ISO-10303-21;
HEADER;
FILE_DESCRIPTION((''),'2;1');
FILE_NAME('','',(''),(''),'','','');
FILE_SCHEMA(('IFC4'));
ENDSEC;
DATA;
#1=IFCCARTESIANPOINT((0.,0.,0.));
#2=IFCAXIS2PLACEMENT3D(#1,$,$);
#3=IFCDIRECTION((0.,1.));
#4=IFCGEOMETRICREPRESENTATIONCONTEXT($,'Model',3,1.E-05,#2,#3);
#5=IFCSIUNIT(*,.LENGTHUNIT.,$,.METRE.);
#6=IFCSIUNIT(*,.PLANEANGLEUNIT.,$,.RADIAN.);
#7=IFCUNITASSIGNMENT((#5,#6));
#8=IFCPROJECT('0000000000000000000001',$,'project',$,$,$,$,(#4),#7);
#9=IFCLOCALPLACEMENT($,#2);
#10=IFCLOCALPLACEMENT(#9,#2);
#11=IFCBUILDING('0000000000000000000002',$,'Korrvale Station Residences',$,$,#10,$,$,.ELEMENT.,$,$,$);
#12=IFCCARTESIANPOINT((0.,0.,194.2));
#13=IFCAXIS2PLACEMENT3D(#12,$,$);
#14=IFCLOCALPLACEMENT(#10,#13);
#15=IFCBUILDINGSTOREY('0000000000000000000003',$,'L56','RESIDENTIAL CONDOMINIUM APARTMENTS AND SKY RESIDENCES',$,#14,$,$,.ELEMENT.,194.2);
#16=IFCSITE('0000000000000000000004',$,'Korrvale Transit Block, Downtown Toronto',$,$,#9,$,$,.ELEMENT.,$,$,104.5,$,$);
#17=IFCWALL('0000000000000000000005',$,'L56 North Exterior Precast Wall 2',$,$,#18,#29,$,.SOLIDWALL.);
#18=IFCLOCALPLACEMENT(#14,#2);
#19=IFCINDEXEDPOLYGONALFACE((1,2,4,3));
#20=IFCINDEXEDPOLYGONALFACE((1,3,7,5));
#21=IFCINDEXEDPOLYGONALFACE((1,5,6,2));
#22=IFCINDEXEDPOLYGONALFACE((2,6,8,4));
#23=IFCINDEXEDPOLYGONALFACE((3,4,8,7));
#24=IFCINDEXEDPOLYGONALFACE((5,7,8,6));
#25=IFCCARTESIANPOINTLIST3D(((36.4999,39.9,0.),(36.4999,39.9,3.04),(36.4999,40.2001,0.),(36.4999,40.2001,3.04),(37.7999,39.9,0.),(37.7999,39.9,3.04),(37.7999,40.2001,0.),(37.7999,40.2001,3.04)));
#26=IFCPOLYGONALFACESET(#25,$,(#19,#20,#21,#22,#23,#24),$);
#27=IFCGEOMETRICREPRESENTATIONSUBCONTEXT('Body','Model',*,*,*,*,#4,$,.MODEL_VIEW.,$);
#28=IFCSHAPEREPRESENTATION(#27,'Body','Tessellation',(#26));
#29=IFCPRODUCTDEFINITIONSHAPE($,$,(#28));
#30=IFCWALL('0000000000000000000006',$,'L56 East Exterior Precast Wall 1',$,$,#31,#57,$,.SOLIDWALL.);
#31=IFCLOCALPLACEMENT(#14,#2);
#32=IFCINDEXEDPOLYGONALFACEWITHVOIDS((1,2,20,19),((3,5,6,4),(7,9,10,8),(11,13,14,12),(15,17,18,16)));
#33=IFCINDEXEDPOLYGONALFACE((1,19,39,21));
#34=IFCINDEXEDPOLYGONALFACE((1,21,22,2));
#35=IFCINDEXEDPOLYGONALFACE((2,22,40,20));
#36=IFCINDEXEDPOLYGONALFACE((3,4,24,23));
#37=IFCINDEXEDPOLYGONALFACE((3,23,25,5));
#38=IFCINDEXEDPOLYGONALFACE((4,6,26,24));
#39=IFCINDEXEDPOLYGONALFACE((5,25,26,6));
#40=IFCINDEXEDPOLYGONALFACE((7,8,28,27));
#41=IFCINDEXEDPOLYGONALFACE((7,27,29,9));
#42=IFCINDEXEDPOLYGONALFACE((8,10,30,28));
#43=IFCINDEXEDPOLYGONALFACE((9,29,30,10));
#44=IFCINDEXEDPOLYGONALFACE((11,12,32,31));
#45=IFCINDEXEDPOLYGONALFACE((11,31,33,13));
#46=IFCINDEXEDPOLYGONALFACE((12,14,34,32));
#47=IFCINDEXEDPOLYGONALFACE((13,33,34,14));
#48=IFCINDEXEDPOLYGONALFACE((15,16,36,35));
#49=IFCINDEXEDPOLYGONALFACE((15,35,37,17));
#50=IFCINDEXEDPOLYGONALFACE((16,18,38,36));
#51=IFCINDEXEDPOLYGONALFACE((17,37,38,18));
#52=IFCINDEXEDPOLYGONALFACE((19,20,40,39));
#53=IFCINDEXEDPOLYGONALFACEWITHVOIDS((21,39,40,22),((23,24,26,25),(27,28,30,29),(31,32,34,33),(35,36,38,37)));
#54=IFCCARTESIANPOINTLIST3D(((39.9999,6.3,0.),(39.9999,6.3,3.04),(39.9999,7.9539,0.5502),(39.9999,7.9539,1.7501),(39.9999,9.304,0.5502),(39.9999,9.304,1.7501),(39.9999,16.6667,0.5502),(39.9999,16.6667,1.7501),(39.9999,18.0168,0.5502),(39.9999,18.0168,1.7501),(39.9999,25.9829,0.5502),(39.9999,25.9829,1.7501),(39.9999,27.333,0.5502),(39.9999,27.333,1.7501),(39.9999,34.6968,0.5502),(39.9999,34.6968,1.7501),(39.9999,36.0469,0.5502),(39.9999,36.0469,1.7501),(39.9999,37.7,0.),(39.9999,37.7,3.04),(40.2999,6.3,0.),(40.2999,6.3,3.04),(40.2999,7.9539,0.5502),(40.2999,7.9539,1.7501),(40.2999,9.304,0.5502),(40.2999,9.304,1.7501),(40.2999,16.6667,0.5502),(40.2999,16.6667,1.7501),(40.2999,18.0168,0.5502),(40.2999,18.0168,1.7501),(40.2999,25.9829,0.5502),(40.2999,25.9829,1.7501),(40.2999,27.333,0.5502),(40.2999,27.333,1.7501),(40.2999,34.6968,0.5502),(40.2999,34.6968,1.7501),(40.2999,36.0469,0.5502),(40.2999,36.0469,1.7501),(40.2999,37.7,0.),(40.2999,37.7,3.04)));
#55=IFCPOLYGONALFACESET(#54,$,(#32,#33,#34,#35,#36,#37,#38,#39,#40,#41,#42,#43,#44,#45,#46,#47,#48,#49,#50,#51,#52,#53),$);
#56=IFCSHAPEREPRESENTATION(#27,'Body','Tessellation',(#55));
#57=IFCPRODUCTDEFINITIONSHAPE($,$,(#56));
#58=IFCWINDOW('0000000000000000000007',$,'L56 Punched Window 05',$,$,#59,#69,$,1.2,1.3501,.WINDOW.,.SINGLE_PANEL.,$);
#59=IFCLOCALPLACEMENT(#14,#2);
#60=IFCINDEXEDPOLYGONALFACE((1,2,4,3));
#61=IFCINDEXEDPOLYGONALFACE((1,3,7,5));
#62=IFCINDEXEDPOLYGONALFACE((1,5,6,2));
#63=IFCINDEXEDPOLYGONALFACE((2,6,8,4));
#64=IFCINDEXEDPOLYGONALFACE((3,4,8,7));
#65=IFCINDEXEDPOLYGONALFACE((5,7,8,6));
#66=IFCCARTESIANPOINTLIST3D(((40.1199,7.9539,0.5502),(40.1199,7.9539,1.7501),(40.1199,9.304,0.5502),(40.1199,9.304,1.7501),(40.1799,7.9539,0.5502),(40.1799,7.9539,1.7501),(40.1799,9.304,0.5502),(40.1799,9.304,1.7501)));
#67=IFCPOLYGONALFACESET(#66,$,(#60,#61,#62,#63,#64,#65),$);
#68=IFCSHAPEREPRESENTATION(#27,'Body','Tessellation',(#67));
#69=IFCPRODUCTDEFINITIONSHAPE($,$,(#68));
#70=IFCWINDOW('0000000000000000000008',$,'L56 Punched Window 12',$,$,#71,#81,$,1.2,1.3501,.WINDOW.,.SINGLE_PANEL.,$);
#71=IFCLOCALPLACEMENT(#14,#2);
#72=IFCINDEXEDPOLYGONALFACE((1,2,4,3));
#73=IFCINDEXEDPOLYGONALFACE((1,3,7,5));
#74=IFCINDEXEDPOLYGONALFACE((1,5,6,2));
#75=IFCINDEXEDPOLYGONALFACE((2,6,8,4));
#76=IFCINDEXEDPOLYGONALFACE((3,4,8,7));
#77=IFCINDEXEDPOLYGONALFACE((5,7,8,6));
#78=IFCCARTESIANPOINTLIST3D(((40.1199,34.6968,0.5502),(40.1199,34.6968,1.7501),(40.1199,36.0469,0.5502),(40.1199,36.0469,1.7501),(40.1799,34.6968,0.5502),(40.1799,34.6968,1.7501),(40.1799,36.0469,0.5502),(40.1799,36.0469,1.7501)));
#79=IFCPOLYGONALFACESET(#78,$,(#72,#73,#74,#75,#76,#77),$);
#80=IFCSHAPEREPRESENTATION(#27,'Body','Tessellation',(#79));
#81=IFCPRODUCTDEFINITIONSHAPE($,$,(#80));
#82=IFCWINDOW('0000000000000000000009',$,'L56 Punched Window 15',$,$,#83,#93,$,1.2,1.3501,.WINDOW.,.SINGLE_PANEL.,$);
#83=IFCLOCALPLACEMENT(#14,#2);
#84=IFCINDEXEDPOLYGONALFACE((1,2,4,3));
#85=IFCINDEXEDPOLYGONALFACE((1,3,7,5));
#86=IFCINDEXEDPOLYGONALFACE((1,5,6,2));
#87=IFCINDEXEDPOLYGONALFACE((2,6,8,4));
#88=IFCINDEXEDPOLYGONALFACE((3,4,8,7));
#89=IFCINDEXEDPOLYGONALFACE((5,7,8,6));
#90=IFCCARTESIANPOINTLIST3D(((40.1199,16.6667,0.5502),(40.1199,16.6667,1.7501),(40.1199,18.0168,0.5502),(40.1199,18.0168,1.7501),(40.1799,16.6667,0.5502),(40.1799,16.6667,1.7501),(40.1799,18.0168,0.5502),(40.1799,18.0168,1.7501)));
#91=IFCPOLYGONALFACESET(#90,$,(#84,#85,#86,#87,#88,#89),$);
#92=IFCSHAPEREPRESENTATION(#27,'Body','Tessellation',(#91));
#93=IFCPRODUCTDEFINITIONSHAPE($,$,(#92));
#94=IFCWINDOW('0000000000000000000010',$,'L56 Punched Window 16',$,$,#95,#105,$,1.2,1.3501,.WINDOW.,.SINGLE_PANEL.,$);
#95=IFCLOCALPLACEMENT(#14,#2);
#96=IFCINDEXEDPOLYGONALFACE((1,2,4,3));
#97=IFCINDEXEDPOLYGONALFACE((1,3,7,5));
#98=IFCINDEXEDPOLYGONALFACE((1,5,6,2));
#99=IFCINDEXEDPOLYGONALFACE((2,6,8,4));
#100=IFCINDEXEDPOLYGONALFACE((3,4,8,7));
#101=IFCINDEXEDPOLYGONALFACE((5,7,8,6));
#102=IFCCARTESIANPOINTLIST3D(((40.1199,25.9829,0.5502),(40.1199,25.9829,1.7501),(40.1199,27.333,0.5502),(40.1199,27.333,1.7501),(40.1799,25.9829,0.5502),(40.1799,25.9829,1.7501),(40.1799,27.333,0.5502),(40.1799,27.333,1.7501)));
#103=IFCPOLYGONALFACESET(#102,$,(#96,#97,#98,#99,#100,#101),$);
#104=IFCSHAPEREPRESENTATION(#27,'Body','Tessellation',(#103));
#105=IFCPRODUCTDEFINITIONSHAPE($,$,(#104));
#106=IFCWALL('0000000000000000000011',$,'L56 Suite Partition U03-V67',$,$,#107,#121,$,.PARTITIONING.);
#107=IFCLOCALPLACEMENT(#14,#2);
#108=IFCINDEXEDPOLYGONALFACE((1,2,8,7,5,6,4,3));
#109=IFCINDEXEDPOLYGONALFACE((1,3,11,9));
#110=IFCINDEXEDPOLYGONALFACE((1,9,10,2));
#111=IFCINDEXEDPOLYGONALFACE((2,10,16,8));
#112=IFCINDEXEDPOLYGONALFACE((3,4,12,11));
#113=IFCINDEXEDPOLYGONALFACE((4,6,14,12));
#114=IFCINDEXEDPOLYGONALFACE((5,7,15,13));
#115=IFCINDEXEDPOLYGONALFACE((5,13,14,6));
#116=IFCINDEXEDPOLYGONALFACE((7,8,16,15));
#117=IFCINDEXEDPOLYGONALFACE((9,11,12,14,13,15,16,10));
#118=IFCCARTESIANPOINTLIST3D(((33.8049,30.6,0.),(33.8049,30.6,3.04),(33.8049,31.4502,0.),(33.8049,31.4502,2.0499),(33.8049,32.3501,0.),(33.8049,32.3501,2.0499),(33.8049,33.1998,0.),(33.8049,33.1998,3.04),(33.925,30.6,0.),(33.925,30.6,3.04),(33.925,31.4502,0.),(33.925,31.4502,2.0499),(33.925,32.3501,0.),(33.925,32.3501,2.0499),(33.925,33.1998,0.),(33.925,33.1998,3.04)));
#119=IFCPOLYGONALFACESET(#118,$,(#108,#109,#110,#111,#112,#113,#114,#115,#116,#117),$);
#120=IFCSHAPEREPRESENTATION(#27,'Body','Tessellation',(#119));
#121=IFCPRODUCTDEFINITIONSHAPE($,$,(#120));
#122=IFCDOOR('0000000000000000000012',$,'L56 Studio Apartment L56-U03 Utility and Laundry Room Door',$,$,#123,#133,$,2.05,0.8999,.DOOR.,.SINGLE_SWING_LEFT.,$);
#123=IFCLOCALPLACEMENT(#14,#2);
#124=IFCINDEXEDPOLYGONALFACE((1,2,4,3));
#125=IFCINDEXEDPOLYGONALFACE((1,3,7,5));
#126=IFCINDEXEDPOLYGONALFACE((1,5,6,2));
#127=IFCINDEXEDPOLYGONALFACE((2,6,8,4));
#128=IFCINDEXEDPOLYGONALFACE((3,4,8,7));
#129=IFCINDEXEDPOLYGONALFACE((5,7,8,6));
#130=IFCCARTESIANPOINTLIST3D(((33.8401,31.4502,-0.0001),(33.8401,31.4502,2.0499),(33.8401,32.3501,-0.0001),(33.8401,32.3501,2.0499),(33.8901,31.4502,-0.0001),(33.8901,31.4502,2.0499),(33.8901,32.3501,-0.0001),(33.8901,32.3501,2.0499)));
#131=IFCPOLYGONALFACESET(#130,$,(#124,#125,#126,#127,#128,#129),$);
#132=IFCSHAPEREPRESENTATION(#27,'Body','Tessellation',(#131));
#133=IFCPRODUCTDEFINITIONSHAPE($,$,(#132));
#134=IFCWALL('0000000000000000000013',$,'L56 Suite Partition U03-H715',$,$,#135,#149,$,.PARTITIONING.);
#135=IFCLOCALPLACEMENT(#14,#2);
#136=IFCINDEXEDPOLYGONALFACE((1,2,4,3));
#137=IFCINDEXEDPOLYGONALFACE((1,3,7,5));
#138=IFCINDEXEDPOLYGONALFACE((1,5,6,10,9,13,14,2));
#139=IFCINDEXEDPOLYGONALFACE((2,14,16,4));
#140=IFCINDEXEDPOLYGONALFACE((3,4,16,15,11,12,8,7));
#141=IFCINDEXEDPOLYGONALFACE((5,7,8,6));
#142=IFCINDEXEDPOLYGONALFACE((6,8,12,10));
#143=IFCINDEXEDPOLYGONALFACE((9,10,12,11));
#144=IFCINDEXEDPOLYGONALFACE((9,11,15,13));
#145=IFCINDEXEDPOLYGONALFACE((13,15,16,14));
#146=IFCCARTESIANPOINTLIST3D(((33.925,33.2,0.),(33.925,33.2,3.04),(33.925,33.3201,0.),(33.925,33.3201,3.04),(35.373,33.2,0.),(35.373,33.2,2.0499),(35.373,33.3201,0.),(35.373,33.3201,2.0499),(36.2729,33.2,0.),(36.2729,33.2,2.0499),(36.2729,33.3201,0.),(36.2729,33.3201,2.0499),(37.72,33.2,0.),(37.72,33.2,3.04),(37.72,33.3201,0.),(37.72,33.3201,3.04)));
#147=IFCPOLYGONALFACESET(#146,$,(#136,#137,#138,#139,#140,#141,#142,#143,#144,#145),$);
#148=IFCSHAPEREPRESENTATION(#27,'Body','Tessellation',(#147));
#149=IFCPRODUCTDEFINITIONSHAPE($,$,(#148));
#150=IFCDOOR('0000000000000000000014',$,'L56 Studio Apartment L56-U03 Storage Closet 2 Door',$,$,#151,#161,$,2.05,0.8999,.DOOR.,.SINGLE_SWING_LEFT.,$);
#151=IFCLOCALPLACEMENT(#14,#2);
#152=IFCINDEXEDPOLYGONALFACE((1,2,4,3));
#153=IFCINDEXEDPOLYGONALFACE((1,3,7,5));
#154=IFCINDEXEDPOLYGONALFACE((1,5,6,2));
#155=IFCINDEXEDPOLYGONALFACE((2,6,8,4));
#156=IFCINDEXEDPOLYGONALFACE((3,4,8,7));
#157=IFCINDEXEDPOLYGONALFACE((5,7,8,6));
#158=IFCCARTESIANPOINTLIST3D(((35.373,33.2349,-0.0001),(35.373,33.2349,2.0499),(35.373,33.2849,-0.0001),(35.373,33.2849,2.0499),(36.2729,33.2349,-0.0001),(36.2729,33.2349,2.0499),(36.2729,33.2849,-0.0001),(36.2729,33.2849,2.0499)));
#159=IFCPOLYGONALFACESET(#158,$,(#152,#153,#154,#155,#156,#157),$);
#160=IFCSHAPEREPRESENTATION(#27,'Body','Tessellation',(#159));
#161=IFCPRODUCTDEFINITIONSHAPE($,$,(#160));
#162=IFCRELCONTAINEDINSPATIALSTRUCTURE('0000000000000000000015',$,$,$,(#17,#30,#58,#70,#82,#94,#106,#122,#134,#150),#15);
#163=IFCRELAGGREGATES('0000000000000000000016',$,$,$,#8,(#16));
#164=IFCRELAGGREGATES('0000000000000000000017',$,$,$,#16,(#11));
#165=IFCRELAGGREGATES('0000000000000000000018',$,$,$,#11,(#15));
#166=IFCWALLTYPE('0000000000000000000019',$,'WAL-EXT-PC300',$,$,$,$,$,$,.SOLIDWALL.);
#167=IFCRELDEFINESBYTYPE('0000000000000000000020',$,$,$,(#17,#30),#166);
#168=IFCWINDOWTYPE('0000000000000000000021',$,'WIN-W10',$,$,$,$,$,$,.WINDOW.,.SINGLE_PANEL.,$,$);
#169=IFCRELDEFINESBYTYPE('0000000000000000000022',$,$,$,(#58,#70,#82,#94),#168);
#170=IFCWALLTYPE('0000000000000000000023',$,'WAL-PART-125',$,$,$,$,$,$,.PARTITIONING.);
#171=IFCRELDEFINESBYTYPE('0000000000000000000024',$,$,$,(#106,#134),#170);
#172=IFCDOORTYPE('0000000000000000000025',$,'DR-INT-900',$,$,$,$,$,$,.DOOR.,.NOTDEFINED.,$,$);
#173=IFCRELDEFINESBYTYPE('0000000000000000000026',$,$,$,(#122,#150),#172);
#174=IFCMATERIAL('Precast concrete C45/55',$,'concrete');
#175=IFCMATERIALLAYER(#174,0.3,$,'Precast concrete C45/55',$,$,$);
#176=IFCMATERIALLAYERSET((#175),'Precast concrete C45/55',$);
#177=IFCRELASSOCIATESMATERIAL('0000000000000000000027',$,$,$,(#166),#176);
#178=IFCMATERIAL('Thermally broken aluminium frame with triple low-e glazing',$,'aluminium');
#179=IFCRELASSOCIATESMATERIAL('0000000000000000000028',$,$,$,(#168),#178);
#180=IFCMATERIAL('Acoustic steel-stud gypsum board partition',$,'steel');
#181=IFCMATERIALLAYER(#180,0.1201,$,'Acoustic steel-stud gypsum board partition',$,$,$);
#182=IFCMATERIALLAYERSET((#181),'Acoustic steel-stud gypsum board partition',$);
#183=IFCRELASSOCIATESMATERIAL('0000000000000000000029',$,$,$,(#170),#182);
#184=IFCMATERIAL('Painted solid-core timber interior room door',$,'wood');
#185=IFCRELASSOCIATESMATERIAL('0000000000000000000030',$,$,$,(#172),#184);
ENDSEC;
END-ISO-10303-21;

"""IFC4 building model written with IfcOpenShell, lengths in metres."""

from ifc_helpers import new_model, si_unit, direction, frame, frame_2d, origin, place, context, subcontext, project, spatial, rectangle, extrude, material, layer, layer_set, type_object, element, fill, save


model = new_model("IFC4")

# Units and contexts
model_context = context("Model", 3, precision=1e-05, world=origin(), true_north=direction((0.0, 1.0)))
body_context = subcontext(model_context, "Body", "Model", "MODEL_VIEW")
ifc_project = project(units=[si_unit("LENGTHUNIT", "METRE"), si_unit("PLANEANGLEUNIT", "RADIAN")], contexts=[model_context])

# Site, building, storey
site_placement = place(None, origin())
site = spatial("IfcSite", under=ifc_project, at=site_placement, Name="Korrvale Transit Block, Downtown Toronto", CompositionType="ELEMENT", RefElevation=104.5)
building_placement = place(site_placement, origin())
building = spatial("IfcBuilding", under=site, at=building_placement, Name="Korrvale Station Residences", CompositionType="ELEMENT")
storey_placement = place(building_placement, frame((0.0, 0.0, 194.2)))
storey = spatial("IfcBuildingStorey", under=building, at=storey_placement, Name="L56", Description="RESIDENTIAL CONDOMINIUM APARTMENTS AND SKY RESIDENCES", CompositionType="ELEMENT", Elevation=194.2)

# Wall
ifc_material_1 = material(Name="Precast concrete C45/55", Category="concrete")
ifc_layer_1 = layer(ifc_material_1, 0.3, Name="Precast concrete C45/55")
ifc_layer_set_1 = layer_set([ifc_layer_1], Name="Precast concrete C45/55")
wall_type_1 = type_object("IfcWallType", Name="WAL-EXT-PC300", PredefinedType="SOLIDWALL", material=ifc_layer_set_1)
wall_1_placement = place(storey_placement, frame((36.5, 40.05, 0.0), z_axis=(0.0, 0.0, 1.0), x_axis=(1.0, 0.0, 0.0)))
element("IfcWall", 1, at=wall_1_placement, inside=storey, type_object=wall_type_1, Name="L56 North Exterior Precast Wall 2", PredefinedType="SOLIDWALL", context=body_context, shape_type="SweptSolid", body=[
    extrude(rectangle(XDim=1.3, YDim=0.3, at=frame_2d((0.6499, 0.0))), origin(), (0.0, 0.0, 1.0), 3.04),
])

# Wall, openings, windows
wall_2_placement = place(storey_placement, frame((40.1499, 37.7, 0.0), z_axis=(0.0, 0.0, 1.0), x_axis=(0.0, -1.0, 0.0)))
wall_2 = element("IfcWall", 2, at=wall_2_placement, inside=storey, type_object=wall_type_1, Name="L56 East Exterior Precast Wall 1", PredefinedType="SOLIDWALL", context=body_context, shape_type="SweptSolid", body=[
    extrude(rectangle(XDim=31.3999, YDim=0.3, at=frame_2d((15.7, 0.0))), origin(), (0.0, 0.0, 1.0), 3.04),
])
opening_1_placement = place(wall_2_placement, frame((28.396, 0.0, 0.55)))
opening_1 = element("IfcOpeningElement", 3, at=opening_1_placement, cuts=wall_2, PredefinedType="OPENING", context=body_context, shape_type="SweptSolid", body=[
    extrude(rectangle(XDim=1.3501, YDim=1.2, at=frame_2d((0.675, 0.6001))), frame((0.0, 0.1602, 0.0), z_axis=(0.0, -1.0, 0.0), x_axis=(1.0, 0.0, 0.0)), (0.0, 0.0, 1.0), 0.3201),
])
opening_2_placement = place(wall_2_placement, frame((1.6531, 0.0, 0.55)))
opening_2 = element("IfcOpeningElement", 4, at=opening_2_placement, cuts=wall_2, PredefinedType="OPENING", context=body_context, shape_type="SweptSolid", body=[
    extrude(rectangle(XDim=1.3501, YDim=1.2, at=frame_2d((0.675, 0.6001))), frame((0.0, 0.1602, 0.0), z_axis=(0.0, -1.0, 0.0), x_axis=(1.0, 0.0, 0.0)), (0.0, 0.0, 1.0), 0.3201),
])
opening_3_placement = place(wall_2_placement, frame((19.6831, 0.0, 0.55)))
opening_3 = element("IfcOpeningElement", 5, at=opening_3_placement, cuts=wall_2, PredefinedType="OPENING", context=body_context, shape_type="SweptSolid", body=[
    extrude(rectangle(XDim=1.3501, YDim=1.2, at=frame_2d((0.675, 0.6001))), frame((0.0, 0.1602, 0.0), z_axis=(0.0, -1.0, 0.0), x_axis=(1.0, 0.0, 0.0)), (0.0, 0.0, 1.0), 0.3201),
])
opening_4_placement = place(wall_2_placement, frame((10.3669, 0.0, 0.55)))
opening_4 = element("IfcOpeningElement", 6, at=opening_4_placement, cuts=wall_2, PredefinedType="OPENING", context=body_context, shape_type="SweptSolid", body=[
    extrude(rectangle(XDim=1.3501, YDim=1.2, at=frame_2d((0.675, 0.6001))), frame((0.0, 0.1602, 0.0), z_axis=(0.0, -1.0, 0.0), x_axis=(1.0, 0.0, 0.0)), (0.0, 0.0, 1.0), 0.3201),
])
ifc_material_2 = material(Name="Thermally broken aluminium frame with triple low-e glazing", Category="aluminium")
window_type = type_object("IfcWindowType", Name="WIN-W10", PartitioningType="SINGLE_PANEL", PredefinedType="WINDOW", material=ifc_material_2)
window_1_placement = place(opening_1_placement, origin())
window_1 = element("IfcWindow", 7, at=window_1_placement, inside=storey, type_object=window_type, Name="L56 Punched Window 05", OverallHeight=1.2, OverallWidth=1.3501, PartitioningType="SINGLE_PANEL", PredefinedType="WINDOW", context=body_context, shape_type="SweptSolid", body=[
    extrude(rectangle(XDim=1.3501, YDim=1.2, at=frame_2d((0.675, 0.6001))), frame((0.0, 0.03, 0.0), z_axis=(0.0, -1.0, 0.0), x_axis=(1.0, 0.0, 0.0)), (0.0, 0.0, 1.0), 0.0601),
])
fill(opening_1, window_1)
window_2_placement = place(opening_2_placement, origin())
window_2 = element("IfcWindow", 8, at=window_2_placement, inside=storey, type_object=window_type, Name="L56 Punched Window 12", OverallHeight=1.2, OverallWidth=1.3501, PartitioningType="SINGLE_PANEL", PredefinedType="WINDOW", context=body_context, shape_type="SweptSolid", body=[
    extrude(rectangle(XDim=1.3501, YDim=1.2, at=frame_2d((0.675, 0.6001))), frame((0.0, 0.03, 0.0), z_axis=(0.0, -1.0, 0.0), x_axis=(1.0, 0.0, 0.0)), (0.0, 0.0, 1.0), 0.0601),
])
fill(opening_2, window_2)
window_3_placement = place(opening_3_placement, origin())
window_3 = element("IfcWindow", 9, at=window_3_placement, inside=storey, type_object=window_type, Name="L56 Punched Window 15", OverallHeight=1.2, OverallWidth=1.3501, PartitioningType="SINGLE_PANEL", PredefinedType="WINDOW", context=body_context, shape_type="SweptSolid", body=[
    extrude(rectangle(XDim=1.3501, YDim=1.2, at=frame_2d((0.675, 0.6001))), frame((0.0, 0.03, 0.0), z_axis=(0.0, -1.0, 0.0), x_axis=(1.0, 0.0, 0.0)), (0.0, 0.0, 1.0), 0.0601),
])
fill(opening_3, window_3)
window_4_placement = place(opening_4_placement, origin())
window_4 = element("IfcWindow", 10, at=window_4_placement, inside=storey, type_object=window_type, Name="L56 Punched Window 16", OverallHeight=1.2, OverallWidth=1.3501, PartitioningType="SINGLE_PANEL", PredefinedType="WINDOW", context=body_context, shape_type="SweptSolid", body=[
    extrude(rectangle(XDim=1.3501, YDim=1.2, at=frame_2d((0.675, 0.6001))), frame((0.0, 0.03, 0.0), z_axis=(0.0, -1.0, 0.0), x_axis=(1.0, 0.0, 0.0)), (0.0, 0.0, 1.0), 0.0601),
])
fill(opening_4, window_4)

# Walls, openings, doors
ifc_material_3 = material(Name="Acoustic steel-stud gypsum board partition", Category="steel")
ifc_layer_2 = layer(ifc_material_3, 0.1201, Name="Acoustic steel-stud gypsum board partition")
ifc_layer_set_2 = layer_set([ifc_layer_2], Name="Acoustic steel-stud gypsum board partition")
wall_type_2 = type_object("IfcWallType", Name="WAL-PART-125", PredefinedType="PARTITIONING", material=ifc_layer_set_2)
wall_3_placement = place(storey_placement, frame((33.865, 30.6001, 0.0), z_axis=(0.0, 0.0, 1.0), x_axis=(0.0, 1.0, 0.0)))
wall_3 = element("IfcWall", 11, at=wall_3_placement, inside=storey, type_object=wall_type_2, Name="L56 Suite Partition U03-V67", PredefinedType="PARTITIONING", context=body_context, shape_type="SweptSolid", body=[
    extrude(rectangle(XDim=2.5999, YDim=0.1201, at=frame_2d((1.2998, 0.0))), origin(), (0.0, 0.0, 1.0), 3.04),
])
opening_5_placement = place(wall_3_placement, frame((0.8501, 0.0, 0.0)))
opening_5 = element("IfcOpeningElement", 12, at=opening_5_placement, cuts=wall_3, PredefinedType="OPENING", context=body_context, shape_type="SweptSolid", body=[
    extrude(rectangle(XDim=0.8999, YDim=2.05, at=frame_2d((0.45, 1.0249))), frame((0.0, 0.0701, 0.0), z_axis=(0.0, -1.0, 0.0), x_axis=(1.0, 0.0, 0.0)), (0.0, 0.0, 1.0), 0.1401),
])
ifc_material_4 = material(Name="Painted solid-core timber interior room door", Category="wood")
door_type = type_object("IfcDoorType", Name="DR-INT-900", OperationType="NOTDEFINED", PredefinedType="DOOR", material=ifc_material_4)
door_1_placement = place(opening_5_placement, origin())
door_1 = element("IfcDoor", 13, at=door_1_placement, inside=storey, type_object=door_type, Name="L56 Studio Apartment L56-U03 Utility and Laundry Room Door", OperationType="SINGLE_SWING_LEFT", OverallHeight=2.05, OverallWidth=0.8999, PredefinedType="DOOR", context=body_context, shape_type="SweptSolid", body=[
    extrude(rectangle(XDim=0.8999, YDim=2.05, at=frame_2d((0.45, 1.0249))), frame((0.0, 0.0249, 0.0), z_axis=(0.0, -1.0, 0.0), x_axis=(1.0, 0.0, 0.0)), (0.0, 0.0, 1.0), 0.05),
])
fill(opening_5, door_1)
wall_4_placement = place(storey_placement, frame((33.925, 33.26, 0.0), z_axis=(0.0, 0.0, 1.0), x_axis=(1.0, 0.0, 0.0)))
wall_4 = element("IfcWall", 14, at=wall_4_placement, inside=storey, type_object=wall_type_2, Name="L56 Suite Partition U03-H715", PredefinedType="PARTITIONING", context=body_context, shape_type="SweptSolid", body=[
    extrude(rectangle(XDim=3.7949, YDim=0.1201, at=frame_2d((1.8975, 0.0))), origin(), (0.0, 0.0, 1.0), 3.04),
])
opening_6_placement = place(wall_4_placement, frame((1.448, 0.0, 0.0)))
opening_6 = element("IfcOpeningElement", 15, at=opening_6_placement, cuts=wall_4, PredefinedType="OPENING", context=body_context, shape_type="SweptSolid", body=[
    extrude(rectangle(XDim=0.8999, YDim=2.05, at=frame_2d((0.45, 1.0249))), frame((0.0, 0.0701, 0.0), z_axis=(0.0, -1.0, 0.0), x_axis=(1.0, 0.0, 0.0)), (0.0, 0.0, 1.0), 0.1401),
])
door_2_placement = place(opening_6_placement, origin())
door_2 = element("IfcDoor", 16, at=door_2_placement, inside=storey, type_object=door_type, Name="L56 Studio Apartment L56-U03 Storage Closet 2 Door", OperationType="SINGLE_SWING_LEFT", OverallHeight=2.05, OverallWidth=0.8999, PredefinedType="DOOR", context=body_context, shape_type="SweptSolid", body=[
    extrude(rectangle(XDim=0.8999, YDim=2.05, at=frame_2d((0.45, 1.0249))), frame((0.0, 0.0249, 0.0), z_axis=(0.0, -1.0, 0.0), x_axis=(1.0, 0.0, 0.0)), (0.0, 0.0, 1.0), 0.05),
])
fill(opening_6, door_2)

save(model, "model.ifc")
